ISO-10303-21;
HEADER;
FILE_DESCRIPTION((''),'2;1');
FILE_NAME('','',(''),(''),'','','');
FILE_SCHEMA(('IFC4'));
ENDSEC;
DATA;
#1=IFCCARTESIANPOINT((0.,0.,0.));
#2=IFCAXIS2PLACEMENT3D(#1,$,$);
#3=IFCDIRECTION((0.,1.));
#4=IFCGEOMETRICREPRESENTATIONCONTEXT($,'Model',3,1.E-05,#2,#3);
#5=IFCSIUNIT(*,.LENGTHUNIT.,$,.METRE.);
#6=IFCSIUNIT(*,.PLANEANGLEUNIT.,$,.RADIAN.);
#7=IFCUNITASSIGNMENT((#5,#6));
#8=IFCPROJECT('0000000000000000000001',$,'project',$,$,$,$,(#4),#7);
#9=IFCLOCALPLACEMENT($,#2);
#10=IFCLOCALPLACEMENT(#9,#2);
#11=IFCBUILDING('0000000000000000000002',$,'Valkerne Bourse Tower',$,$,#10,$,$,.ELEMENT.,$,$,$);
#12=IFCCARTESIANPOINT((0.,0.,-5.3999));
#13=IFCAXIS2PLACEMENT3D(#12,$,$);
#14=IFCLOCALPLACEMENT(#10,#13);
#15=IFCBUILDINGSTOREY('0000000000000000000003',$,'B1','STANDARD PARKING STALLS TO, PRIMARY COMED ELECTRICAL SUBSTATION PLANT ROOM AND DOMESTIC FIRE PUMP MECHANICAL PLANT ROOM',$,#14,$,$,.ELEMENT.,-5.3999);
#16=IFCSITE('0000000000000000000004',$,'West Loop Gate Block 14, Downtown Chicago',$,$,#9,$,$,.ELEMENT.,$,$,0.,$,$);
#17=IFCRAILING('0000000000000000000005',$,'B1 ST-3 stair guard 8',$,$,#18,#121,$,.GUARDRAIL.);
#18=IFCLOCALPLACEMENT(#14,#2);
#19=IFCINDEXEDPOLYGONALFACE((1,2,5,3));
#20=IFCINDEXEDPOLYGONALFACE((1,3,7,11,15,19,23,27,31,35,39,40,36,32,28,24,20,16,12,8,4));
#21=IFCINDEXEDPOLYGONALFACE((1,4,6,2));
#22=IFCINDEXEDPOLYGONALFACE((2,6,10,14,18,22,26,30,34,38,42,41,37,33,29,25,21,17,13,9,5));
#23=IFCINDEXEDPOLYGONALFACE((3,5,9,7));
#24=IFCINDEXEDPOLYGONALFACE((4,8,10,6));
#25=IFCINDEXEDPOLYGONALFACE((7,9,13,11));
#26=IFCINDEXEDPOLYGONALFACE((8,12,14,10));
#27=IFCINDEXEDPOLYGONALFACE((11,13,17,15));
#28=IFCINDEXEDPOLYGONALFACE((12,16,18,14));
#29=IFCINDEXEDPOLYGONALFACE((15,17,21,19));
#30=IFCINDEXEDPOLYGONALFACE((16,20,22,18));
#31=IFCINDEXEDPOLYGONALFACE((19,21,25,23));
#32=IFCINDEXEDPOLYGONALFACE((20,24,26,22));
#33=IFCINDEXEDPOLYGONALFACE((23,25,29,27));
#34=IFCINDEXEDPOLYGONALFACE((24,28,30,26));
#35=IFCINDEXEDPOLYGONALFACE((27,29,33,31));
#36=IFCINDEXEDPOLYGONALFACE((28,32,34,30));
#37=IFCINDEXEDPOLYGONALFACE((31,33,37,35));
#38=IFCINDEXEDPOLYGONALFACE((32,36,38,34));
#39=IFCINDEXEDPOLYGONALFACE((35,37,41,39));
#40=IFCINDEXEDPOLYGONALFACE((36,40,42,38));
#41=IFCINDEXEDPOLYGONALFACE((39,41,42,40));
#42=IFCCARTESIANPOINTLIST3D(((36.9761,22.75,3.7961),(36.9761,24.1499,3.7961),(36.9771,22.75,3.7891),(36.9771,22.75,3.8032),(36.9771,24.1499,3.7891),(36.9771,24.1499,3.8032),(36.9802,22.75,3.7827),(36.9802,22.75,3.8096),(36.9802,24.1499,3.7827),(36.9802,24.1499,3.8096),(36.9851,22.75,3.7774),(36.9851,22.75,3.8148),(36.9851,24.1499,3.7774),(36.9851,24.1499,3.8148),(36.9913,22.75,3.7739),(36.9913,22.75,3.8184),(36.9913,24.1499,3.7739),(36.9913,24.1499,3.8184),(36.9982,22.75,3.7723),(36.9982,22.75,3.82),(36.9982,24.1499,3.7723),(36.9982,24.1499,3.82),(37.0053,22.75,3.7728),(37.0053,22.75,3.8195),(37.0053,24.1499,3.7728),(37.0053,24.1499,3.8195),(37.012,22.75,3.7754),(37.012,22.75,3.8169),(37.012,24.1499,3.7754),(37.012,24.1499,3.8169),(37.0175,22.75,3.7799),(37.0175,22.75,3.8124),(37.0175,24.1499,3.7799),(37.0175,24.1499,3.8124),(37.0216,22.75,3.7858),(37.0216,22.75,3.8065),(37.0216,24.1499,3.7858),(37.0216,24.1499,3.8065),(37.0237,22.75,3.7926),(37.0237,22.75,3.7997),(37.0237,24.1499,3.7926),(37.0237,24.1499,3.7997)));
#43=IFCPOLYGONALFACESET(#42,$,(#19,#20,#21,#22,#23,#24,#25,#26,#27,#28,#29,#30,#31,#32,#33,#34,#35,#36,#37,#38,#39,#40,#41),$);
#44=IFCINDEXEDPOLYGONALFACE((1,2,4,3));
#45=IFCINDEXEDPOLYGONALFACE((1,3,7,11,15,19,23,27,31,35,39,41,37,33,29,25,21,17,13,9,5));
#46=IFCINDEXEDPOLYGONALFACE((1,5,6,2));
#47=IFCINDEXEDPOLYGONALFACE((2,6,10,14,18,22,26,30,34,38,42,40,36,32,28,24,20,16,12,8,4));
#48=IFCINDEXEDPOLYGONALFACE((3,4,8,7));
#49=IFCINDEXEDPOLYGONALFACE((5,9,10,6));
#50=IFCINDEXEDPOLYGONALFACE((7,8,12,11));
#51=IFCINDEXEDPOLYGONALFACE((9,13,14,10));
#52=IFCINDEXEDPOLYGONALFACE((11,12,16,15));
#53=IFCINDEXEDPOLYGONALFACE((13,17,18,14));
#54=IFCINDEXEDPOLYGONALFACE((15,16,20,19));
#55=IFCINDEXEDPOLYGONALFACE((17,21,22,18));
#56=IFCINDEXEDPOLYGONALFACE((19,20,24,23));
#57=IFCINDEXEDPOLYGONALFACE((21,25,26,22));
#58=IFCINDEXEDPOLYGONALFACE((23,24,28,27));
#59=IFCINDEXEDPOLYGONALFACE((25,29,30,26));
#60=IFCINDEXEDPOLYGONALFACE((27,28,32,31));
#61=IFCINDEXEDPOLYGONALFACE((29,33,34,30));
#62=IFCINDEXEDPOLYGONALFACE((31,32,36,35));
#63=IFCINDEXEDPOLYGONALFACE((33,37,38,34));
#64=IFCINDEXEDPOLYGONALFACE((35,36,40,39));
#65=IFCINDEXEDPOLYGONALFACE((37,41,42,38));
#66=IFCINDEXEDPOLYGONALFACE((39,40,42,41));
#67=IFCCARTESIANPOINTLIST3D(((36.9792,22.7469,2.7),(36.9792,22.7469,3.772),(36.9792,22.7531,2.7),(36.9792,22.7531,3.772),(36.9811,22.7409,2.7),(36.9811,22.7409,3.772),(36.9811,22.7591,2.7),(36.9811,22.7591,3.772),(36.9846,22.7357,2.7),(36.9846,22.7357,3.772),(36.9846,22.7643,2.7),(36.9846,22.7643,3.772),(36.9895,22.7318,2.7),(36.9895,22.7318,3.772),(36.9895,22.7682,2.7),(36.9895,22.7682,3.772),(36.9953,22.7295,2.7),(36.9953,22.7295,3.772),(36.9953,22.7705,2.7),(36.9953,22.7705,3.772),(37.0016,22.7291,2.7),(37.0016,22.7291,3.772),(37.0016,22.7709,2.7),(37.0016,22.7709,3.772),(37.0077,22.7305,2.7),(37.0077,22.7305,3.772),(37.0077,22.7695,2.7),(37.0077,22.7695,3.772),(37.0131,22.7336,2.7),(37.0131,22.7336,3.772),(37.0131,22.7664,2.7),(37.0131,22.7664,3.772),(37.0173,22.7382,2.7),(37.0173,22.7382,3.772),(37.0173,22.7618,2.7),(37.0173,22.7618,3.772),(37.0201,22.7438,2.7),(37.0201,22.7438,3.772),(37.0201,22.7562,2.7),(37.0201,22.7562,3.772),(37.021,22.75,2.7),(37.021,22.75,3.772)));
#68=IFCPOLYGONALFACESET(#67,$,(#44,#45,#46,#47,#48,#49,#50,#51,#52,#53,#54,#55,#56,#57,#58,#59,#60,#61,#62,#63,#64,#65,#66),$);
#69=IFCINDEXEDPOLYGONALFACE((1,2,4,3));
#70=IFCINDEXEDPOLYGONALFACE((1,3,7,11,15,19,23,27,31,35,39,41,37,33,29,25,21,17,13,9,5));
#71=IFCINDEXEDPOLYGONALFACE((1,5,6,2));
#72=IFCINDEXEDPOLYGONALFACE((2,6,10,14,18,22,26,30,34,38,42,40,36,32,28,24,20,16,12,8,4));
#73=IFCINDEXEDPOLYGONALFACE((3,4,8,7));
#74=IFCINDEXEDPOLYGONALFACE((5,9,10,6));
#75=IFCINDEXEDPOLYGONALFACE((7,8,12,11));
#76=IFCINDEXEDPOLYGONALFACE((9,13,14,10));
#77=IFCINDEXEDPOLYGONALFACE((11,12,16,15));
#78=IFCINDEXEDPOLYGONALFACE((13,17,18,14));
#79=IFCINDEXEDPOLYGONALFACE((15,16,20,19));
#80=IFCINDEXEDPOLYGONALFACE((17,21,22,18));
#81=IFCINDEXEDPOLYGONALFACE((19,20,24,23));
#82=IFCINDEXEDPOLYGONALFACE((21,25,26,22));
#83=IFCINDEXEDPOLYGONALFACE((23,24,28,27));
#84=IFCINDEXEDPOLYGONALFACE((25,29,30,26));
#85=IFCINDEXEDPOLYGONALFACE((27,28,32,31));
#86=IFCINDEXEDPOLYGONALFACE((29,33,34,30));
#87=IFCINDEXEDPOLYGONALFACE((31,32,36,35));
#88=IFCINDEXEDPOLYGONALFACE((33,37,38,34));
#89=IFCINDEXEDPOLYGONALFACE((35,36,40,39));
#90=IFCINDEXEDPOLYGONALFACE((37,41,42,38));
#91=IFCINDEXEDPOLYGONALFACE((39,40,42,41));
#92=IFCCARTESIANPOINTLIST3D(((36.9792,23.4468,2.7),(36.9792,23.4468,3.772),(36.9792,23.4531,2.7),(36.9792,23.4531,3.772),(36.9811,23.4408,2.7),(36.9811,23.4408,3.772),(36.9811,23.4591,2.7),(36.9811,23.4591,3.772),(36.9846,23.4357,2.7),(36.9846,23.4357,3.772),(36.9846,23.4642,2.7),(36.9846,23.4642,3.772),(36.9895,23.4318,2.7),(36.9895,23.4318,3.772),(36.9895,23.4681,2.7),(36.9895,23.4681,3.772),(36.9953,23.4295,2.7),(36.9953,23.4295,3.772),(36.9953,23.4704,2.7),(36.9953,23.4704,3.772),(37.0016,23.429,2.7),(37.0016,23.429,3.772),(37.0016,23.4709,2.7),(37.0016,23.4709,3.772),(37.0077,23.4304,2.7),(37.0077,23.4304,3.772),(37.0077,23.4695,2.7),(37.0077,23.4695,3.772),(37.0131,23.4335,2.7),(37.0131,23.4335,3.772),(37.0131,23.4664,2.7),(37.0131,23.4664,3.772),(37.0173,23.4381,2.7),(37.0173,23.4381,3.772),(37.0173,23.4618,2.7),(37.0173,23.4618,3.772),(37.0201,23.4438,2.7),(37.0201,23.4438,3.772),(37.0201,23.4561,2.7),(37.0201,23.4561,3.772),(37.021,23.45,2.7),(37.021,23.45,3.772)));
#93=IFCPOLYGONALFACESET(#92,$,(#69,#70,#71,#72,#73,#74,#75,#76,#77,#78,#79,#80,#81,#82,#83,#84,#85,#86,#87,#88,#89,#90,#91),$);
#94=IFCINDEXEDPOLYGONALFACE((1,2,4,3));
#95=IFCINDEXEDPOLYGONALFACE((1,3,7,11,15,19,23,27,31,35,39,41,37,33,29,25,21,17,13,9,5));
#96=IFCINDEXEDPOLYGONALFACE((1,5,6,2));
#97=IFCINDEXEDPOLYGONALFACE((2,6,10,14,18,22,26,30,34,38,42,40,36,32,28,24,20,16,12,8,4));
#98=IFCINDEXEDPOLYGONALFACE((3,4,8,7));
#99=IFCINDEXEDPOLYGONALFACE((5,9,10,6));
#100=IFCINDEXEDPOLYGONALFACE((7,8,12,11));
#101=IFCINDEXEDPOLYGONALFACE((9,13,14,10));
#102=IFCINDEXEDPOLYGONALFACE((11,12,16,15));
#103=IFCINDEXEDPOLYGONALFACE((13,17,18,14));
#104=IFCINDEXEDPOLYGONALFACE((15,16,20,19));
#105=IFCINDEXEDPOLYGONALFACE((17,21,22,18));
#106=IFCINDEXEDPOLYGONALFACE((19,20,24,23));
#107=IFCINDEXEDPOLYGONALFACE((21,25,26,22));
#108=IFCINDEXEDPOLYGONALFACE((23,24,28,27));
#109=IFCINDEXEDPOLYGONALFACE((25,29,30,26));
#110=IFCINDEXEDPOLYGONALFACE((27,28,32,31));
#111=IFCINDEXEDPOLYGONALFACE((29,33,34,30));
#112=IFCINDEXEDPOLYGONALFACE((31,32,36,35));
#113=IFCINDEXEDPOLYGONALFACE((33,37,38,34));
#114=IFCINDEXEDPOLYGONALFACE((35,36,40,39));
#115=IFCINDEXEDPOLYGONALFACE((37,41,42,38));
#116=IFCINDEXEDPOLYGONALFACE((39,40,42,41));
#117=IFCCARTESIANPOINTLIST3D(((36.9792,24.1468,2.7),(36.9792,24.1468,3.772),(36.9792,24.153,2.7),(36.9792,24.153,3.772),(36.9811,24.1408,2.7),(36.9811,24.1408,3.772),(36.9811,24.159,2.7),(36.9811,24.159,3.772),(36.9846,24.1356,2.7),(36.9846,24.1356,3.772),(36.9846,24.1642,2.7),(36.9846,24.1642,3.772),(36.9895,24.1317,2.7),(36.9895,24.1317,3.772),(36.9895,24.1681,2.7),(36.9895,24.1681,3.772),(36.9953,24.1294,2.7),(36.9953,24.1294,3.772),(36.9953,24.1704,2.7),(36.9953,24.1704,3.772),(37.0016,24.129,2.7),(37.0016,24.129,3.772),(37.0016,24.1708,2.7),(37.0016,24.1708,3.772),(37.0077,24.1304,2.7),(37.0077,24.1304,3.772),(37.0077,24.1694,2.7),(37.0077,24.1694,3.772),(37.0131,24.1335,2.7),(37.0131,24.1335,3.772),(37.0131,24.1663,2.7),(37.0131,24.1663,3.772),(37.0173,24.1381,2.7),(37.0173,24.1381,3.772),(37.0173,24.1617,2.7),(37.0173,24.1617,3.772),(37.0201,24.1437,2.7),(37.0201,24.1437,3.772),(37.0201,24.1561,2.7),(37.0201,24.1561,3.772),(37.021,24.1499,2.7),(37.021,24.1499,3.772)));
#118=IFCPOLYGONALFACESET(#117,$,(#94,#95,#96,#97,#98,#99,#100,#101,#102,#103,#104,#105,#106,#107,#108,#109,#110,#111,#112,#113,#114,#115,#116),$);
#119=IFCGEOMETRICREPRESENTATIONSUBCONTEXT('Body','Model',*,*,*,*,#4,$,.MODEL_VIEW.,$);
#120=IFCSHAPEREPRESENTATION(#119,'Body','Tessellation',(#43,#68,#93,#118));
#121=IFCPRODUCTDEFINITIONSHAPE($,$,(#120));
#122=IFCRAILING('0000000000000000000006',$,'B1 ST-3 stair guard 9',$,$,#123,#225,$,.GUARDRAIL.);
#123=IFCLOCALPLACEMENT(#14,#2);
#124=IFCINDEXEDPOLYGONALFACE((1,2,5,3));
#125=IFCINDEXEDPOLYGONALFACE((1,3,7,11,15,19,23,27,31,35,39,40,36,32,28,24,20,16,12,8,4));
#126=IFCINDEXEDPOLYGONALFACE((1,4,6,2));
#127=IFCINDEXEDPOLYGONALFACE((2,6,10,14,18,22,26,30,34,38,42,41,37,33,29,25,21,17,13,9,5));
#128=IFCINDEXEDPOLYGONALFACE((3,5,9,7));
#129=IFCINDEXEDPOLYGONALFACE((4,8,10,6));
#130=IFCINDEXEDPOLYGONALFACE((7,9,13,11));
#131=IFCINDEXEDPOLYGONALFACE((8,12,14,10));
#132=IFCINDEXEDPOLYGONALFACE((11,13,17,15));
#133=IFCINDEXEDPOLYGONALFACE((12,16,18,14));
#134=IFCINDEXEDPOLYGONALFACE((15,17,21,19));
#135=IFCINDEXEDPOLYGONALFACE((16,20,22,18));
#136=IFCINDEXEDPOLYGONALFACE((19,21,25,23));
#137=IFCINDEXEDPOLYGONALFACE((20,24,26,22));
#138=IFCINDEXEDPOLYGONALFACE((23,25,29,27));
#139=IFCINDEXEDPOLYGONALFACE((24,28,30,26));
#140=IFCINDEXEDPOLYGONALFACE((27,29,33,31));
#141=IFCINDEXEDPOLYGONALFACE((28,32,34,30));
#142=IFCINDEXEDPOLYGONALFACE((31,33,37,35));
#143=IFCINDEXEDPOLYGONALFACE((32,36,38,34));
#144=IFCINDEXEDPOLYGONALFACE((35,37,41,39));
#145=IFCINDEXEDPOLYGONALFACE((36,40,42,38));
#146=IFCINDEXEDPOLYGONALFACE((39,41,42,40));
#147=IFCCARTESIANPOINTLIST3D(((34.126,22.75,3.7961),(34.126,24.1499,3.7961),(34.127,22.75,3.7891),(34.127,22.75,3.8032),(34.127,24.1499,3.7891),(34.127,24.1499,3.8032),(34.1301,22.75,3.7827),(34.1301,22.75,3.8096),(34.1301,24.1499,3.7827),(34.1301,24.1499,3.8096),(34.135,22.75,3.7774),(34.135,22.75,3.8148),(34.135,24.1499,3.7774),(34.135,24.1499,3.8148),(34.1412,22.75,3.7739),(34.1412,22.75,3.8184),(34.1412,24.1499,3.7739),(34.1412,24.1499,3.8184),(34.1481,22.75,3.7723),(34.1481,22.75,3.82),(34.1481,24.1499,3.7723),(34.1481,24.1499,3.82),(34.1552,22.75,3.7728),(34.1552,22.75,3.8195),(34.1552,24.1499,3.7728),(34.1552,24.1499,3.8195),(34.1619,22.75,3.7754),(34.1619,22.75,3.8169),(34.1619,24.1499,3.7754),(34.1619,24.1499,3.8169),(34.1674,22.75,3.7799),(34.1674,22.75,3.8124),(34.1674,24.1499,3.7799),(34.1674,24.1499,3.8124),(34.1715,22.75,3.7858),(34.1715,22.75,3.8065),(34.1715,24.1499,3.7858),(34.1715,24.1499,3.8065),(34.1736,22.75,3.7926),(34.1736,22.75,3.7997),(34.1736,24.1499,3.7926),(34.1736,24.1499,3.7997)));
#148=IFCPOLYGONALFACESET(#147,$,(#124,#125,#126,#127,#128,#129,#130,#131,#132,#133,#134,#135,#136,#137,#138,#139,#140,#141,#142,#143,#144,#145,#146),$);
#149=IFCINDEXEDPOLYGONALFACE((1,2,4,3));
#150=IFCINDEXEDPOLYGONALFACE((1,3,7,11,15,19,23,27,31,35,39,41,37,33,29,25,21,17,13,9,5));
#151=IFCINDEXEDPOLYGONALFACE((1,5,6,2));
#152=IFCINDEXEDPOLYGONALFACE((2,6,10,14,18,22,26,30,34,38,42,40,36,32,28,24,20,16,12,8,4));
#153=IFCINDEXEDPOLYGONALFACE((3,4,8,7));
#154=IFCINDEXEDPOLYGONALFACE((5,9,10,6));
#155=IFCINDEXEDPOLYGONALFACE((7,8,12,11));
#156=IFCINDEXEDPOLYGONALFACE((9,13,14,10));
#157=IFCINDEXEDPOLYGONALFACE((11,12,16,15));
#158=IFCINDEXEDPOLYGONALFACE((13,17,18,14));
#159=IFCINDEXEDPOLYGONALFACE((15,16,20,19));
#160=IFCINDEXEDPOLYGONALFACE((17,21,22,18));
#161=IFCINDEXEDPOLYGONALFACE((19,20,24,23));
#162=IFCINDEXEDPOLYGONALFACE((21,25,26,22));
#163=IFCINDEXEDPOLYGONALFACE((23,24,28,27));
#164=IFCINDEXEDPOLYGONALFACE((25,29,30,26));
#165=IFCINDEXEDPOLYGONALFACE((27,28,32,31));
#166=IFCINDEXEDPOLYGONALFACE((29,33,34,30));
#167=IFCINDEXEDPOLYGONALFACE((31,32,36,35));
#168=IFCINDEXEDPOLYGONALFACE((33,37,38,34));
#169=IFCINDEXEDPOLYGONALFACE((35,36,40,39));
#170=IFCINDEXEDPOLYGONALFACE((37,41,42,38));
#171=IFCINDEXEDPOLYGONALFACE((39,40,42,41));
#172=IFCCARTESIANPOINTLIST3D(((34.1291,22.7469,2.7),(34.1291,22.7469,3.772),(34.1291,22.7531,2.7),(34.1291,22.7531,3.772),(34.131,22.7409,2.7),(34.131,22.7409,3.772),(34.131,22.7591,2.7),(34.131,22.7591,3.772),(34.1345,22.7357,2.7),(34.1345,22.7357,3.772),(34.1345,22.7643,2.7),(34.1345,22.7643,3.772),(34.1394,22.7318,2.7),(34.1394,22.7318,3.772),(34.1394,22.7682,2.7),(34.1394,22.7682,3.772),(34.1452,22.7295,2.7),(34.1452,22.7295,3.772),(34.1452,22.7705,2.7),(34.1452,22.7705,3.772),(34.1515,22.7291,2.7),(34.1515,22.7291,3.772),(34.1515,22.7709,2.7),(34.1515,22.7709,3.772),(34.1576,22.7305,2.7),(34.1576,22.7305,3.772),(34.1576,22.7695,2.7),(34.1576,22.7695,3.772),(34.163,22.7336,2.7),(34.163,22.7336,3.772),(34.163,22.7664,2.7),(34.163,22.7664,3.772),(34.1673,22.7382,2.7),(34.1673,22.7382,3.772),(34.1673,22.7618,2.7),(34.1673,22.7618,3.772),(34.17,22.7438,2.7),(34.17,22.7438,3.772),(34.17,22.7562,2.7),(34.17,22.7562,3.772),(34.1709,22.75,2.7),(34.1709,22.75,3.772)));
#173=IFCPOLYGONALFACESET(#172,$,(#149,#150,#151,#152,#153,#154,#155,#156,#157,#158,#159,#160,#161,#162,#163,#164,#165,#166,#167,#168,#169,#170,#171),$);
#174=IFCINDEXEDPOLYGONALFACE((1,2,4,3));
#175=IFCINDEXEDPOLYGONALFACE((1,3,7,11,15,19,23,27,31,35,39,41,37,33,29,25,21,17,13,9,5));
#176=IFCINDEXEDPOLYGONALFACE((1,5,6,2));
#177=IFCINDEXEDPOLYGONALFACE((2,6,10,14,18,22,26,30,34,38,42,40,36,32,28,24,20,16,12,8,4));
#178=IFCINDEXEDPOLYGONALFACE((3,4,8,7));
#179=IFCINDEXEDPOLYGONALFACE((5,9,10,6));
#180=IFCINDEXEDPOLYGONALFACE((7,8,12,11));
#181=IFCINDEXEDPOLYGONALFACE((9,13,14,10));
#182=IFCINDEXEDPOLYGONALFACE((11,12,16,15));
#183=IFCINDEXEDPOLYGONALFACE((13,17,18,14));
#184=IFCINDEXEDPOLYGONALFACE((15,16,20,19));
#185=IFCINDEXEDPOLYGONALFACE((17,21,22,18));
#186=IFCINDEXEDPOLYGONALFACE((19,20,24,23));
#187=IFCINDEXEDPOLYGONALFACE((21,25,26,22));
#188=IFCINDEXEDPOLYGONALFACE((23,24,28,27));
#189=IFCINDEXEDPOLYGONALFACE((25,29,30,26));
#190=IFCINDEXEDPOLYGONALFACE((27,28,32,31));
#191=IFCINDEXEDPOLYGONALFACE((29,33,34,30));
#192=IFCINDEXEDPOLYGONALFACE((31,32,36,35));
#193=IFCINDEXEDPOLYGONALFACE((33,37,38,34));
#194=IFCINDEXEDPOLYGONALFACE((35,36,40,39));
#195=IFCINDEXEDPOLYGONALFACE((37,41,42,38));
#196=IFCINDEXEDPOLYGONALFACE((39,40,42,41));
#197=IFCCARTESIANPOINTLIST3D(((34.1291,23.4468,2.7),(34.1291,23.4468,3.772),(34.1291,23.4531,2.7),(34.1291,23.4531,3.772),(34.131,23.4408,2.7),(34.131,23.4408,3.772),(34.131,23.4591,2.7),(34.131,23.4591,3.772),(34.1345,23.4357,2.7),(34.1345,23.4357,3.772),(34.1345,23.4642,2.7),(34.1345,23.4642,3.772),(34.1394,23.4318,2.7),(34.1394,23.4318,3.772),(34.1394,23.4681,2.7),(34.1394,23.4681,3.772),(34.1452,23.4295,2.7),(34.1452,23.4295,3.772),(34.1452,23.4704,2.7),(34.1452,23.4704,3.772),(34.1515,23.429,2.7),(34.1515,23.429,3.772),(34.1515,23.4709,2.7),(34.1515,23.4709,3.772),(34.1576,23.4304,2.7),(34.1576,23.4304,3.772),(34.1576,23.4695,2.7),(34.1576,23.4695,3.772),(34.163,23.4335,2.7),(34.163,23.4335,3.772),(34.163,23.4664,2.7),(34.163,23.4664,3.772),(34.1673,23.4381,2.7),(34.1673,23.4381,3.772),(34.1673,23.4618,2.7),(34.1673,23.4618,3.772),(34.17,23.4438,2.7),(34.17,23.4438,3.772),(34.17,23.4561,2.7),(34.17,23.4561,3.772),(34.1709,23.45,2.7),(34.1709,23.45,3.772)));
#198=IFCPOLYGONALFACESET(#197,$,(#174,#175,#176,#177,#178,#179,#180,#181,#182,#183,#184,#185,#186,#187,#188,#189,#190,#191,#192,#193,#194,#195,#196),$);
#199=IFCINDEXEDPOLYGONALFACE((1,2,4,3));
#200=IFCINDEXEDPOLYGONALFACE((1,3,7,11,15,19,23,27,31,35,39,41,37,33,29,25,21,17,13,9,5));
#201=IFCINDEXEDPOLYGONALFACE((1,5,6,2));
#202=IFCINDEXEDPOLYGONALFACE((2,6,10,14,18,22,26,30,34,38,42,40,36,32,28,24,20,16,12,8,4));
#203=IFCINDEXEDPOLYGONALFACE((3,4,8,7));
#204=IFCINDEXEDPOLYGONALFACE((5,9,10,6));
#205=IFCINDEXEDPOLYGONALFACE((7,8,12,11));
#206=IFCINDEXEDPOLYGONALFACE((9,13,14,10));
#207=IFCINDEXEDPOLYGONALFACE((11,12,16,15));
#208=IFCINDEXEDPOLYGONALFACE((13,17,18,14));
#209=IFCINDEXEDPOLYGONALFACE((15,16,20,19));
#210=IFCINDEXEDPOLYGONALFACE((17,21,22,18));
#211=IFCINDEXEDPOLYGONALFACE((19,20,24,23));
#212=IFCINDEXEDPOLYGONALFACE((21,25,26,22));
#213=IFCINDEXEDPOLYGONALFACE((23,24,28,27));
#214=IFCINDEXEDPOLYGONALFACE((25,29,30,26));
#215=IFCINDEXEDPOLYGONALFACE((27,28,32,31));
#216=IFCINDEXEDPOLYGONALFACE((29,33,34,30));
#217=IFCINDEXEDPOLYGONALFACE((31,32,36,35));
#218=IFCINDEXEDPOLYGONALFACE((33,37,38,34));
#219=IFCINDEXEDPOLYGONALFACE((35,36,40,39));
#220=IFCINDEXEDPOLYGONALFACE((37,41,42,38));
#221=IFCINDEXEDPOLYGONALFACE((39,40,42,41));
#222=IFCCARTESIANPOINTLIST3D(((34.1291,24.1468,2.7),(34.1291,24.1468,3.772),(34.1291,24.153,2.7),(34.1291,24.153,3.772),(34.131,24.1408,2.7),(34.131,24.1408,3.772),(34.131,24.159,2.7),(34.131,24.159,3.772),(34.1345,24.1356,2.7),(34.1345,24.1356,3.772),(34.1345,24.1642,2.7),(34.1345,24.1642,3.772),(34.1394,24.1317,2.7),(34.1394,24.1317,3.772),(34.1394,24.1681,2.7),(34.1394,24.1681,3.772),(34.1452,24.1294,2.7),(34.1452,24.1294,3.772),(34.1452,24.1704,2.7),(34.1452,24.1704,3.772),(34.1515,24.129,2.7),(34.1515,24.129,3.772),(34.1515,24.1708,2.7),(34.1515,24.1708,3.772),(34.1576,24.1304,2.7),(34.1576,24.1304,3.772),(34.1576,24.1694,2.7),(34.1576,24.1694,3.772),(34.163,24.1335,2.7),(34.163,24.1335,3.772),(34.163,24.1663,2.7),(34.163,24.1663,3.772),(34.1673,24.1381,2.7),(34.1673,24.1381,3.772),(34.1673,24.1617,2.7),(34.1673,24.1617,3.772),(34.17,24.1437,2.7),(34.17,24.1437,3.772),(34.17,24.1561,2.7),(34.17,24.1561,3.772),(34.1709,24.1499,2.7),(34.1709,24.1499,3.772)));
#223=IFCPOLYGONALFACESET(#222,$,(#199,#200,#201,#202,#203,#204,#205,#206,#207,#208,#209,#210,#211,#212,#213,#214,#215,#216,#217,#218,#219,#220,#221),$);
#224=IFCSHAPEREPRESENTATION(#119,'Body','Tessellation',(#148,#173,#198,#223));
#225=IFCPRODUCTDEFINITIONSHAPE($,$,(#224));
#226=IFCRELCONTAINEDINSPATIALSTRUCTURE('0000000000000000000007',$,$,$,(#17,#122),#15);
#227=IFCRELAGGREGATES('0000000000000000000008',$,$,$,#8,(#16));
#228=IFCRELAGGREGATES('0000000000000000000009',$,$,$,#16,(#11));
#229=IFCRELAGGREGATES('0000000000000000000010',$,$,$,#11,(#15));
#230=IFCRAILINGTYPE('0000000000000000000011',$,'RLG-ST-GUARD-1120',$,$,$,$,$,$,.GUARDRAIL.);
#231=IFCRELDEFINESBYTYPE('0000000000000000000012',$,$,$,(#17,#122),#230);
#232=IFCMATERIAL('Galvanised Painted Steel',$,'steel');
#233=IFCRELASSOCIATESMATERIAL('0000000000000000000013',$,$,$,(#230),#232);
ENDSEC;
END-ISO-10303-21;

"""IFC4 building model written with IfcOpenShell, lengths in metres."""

from ifc_helpers import new_model, si_unit, direction, frame, origin, origin_2d, place, context, subcontext, project, spatial, circle, extrude, material, type_object, element, save


model = new_model("IFC4")

# Units and contexts
model_context = context("Model", 3, precision=1e-05, world=origin(), true_north=direction((0.0, 1.0)))
body_context = subcontext(model_context, "Body", "Model", "MODEL_VIEW")
ifc_project = project(units=[si_unit("LENGTHUNIT", "METRE"), si_unit("PLANEANGLEUNIT", "RADIAN")], contexts=[model_context])

# Site, building, storey
site_placement = place(None, origin())
site = spatial("IfcSite", under=ifc_project, at=site_placement, Name="West Loop Gate Block 14, Downtown Chicago", CompositionType="ELEMENT", RefElevation=0.0)
building_placement = place(site_placement, origin())
building = spatial("IfcBuilding", under=site, at=building_placement, Name="Valkerne Bourse Tower", CompositionType="ELEMENT")
storey_placement = place(building_placement, frame((0.0, 0.0, -5.3999)))
storey = spatial("IfcBuildingStorey", under=building, at=storey_placement, Name="B1", Description="STANDARD PARKING STALLS TO, PRIMARY COMED ELECTRICAL SUBSTATION PLANT ROOM AND DOMESTIC FIRE PUMP MECHANICAL PLANT ROOM", CompositionType="ELEMENT", Elevation=-5.3999)

# Shared definitions
ifc_material_1 = material(Name="Galvanised Painted Steel", Category="steel")

# Railings
railing_type_1 = type_object("IfcRailingType", Name="RLG-ST-GUARD-1120", PredefinedType="GUARDRAIL", material=ifc_material_1)
for number, where, name in (
    (1, (37.0, 22.75, 2.7), "B1 ST-3 stair guard 8"),
    (2, (34.1499, 22.75, 2.7), "B1 ST-3 stair guard 9"),
):
    element("IfcRailing", number, at=place(storey_placement, frame(where)), inside=storey, type_object=railing_type_1, Name=name, PredefinedType="GUARDRAIL", context=body_context, shape_type="SweptSolid", body=[
        extrude(circle(Radius=0.0239, at=origin_2d()), frame((0.0, 0.0, 1.0962), z_axis=(0.0, 1.0, 0.0), x_axis=(-1.0, 0.0, 0.0)), (0.0, 0.0, 1.0), 1.3999),
        extrude(circle(Radius=0.021, at=origin_2d()), origin(), (0.0, 0.0, 1.0), 1.072),
        extrude(circle(Radius=0.021, at=origin_2d()), frame((0.0, 0.7, 0.0)), (0.0, 0.0, 1.0), 1.072),
        extrude(circle(Radius=0.021, at=origin_2d()), frame((0.0, 1.3999, 0.0)), (0.0, 0.0, 1.0), 1.072),
    ])

save(model, "model.ifc")
